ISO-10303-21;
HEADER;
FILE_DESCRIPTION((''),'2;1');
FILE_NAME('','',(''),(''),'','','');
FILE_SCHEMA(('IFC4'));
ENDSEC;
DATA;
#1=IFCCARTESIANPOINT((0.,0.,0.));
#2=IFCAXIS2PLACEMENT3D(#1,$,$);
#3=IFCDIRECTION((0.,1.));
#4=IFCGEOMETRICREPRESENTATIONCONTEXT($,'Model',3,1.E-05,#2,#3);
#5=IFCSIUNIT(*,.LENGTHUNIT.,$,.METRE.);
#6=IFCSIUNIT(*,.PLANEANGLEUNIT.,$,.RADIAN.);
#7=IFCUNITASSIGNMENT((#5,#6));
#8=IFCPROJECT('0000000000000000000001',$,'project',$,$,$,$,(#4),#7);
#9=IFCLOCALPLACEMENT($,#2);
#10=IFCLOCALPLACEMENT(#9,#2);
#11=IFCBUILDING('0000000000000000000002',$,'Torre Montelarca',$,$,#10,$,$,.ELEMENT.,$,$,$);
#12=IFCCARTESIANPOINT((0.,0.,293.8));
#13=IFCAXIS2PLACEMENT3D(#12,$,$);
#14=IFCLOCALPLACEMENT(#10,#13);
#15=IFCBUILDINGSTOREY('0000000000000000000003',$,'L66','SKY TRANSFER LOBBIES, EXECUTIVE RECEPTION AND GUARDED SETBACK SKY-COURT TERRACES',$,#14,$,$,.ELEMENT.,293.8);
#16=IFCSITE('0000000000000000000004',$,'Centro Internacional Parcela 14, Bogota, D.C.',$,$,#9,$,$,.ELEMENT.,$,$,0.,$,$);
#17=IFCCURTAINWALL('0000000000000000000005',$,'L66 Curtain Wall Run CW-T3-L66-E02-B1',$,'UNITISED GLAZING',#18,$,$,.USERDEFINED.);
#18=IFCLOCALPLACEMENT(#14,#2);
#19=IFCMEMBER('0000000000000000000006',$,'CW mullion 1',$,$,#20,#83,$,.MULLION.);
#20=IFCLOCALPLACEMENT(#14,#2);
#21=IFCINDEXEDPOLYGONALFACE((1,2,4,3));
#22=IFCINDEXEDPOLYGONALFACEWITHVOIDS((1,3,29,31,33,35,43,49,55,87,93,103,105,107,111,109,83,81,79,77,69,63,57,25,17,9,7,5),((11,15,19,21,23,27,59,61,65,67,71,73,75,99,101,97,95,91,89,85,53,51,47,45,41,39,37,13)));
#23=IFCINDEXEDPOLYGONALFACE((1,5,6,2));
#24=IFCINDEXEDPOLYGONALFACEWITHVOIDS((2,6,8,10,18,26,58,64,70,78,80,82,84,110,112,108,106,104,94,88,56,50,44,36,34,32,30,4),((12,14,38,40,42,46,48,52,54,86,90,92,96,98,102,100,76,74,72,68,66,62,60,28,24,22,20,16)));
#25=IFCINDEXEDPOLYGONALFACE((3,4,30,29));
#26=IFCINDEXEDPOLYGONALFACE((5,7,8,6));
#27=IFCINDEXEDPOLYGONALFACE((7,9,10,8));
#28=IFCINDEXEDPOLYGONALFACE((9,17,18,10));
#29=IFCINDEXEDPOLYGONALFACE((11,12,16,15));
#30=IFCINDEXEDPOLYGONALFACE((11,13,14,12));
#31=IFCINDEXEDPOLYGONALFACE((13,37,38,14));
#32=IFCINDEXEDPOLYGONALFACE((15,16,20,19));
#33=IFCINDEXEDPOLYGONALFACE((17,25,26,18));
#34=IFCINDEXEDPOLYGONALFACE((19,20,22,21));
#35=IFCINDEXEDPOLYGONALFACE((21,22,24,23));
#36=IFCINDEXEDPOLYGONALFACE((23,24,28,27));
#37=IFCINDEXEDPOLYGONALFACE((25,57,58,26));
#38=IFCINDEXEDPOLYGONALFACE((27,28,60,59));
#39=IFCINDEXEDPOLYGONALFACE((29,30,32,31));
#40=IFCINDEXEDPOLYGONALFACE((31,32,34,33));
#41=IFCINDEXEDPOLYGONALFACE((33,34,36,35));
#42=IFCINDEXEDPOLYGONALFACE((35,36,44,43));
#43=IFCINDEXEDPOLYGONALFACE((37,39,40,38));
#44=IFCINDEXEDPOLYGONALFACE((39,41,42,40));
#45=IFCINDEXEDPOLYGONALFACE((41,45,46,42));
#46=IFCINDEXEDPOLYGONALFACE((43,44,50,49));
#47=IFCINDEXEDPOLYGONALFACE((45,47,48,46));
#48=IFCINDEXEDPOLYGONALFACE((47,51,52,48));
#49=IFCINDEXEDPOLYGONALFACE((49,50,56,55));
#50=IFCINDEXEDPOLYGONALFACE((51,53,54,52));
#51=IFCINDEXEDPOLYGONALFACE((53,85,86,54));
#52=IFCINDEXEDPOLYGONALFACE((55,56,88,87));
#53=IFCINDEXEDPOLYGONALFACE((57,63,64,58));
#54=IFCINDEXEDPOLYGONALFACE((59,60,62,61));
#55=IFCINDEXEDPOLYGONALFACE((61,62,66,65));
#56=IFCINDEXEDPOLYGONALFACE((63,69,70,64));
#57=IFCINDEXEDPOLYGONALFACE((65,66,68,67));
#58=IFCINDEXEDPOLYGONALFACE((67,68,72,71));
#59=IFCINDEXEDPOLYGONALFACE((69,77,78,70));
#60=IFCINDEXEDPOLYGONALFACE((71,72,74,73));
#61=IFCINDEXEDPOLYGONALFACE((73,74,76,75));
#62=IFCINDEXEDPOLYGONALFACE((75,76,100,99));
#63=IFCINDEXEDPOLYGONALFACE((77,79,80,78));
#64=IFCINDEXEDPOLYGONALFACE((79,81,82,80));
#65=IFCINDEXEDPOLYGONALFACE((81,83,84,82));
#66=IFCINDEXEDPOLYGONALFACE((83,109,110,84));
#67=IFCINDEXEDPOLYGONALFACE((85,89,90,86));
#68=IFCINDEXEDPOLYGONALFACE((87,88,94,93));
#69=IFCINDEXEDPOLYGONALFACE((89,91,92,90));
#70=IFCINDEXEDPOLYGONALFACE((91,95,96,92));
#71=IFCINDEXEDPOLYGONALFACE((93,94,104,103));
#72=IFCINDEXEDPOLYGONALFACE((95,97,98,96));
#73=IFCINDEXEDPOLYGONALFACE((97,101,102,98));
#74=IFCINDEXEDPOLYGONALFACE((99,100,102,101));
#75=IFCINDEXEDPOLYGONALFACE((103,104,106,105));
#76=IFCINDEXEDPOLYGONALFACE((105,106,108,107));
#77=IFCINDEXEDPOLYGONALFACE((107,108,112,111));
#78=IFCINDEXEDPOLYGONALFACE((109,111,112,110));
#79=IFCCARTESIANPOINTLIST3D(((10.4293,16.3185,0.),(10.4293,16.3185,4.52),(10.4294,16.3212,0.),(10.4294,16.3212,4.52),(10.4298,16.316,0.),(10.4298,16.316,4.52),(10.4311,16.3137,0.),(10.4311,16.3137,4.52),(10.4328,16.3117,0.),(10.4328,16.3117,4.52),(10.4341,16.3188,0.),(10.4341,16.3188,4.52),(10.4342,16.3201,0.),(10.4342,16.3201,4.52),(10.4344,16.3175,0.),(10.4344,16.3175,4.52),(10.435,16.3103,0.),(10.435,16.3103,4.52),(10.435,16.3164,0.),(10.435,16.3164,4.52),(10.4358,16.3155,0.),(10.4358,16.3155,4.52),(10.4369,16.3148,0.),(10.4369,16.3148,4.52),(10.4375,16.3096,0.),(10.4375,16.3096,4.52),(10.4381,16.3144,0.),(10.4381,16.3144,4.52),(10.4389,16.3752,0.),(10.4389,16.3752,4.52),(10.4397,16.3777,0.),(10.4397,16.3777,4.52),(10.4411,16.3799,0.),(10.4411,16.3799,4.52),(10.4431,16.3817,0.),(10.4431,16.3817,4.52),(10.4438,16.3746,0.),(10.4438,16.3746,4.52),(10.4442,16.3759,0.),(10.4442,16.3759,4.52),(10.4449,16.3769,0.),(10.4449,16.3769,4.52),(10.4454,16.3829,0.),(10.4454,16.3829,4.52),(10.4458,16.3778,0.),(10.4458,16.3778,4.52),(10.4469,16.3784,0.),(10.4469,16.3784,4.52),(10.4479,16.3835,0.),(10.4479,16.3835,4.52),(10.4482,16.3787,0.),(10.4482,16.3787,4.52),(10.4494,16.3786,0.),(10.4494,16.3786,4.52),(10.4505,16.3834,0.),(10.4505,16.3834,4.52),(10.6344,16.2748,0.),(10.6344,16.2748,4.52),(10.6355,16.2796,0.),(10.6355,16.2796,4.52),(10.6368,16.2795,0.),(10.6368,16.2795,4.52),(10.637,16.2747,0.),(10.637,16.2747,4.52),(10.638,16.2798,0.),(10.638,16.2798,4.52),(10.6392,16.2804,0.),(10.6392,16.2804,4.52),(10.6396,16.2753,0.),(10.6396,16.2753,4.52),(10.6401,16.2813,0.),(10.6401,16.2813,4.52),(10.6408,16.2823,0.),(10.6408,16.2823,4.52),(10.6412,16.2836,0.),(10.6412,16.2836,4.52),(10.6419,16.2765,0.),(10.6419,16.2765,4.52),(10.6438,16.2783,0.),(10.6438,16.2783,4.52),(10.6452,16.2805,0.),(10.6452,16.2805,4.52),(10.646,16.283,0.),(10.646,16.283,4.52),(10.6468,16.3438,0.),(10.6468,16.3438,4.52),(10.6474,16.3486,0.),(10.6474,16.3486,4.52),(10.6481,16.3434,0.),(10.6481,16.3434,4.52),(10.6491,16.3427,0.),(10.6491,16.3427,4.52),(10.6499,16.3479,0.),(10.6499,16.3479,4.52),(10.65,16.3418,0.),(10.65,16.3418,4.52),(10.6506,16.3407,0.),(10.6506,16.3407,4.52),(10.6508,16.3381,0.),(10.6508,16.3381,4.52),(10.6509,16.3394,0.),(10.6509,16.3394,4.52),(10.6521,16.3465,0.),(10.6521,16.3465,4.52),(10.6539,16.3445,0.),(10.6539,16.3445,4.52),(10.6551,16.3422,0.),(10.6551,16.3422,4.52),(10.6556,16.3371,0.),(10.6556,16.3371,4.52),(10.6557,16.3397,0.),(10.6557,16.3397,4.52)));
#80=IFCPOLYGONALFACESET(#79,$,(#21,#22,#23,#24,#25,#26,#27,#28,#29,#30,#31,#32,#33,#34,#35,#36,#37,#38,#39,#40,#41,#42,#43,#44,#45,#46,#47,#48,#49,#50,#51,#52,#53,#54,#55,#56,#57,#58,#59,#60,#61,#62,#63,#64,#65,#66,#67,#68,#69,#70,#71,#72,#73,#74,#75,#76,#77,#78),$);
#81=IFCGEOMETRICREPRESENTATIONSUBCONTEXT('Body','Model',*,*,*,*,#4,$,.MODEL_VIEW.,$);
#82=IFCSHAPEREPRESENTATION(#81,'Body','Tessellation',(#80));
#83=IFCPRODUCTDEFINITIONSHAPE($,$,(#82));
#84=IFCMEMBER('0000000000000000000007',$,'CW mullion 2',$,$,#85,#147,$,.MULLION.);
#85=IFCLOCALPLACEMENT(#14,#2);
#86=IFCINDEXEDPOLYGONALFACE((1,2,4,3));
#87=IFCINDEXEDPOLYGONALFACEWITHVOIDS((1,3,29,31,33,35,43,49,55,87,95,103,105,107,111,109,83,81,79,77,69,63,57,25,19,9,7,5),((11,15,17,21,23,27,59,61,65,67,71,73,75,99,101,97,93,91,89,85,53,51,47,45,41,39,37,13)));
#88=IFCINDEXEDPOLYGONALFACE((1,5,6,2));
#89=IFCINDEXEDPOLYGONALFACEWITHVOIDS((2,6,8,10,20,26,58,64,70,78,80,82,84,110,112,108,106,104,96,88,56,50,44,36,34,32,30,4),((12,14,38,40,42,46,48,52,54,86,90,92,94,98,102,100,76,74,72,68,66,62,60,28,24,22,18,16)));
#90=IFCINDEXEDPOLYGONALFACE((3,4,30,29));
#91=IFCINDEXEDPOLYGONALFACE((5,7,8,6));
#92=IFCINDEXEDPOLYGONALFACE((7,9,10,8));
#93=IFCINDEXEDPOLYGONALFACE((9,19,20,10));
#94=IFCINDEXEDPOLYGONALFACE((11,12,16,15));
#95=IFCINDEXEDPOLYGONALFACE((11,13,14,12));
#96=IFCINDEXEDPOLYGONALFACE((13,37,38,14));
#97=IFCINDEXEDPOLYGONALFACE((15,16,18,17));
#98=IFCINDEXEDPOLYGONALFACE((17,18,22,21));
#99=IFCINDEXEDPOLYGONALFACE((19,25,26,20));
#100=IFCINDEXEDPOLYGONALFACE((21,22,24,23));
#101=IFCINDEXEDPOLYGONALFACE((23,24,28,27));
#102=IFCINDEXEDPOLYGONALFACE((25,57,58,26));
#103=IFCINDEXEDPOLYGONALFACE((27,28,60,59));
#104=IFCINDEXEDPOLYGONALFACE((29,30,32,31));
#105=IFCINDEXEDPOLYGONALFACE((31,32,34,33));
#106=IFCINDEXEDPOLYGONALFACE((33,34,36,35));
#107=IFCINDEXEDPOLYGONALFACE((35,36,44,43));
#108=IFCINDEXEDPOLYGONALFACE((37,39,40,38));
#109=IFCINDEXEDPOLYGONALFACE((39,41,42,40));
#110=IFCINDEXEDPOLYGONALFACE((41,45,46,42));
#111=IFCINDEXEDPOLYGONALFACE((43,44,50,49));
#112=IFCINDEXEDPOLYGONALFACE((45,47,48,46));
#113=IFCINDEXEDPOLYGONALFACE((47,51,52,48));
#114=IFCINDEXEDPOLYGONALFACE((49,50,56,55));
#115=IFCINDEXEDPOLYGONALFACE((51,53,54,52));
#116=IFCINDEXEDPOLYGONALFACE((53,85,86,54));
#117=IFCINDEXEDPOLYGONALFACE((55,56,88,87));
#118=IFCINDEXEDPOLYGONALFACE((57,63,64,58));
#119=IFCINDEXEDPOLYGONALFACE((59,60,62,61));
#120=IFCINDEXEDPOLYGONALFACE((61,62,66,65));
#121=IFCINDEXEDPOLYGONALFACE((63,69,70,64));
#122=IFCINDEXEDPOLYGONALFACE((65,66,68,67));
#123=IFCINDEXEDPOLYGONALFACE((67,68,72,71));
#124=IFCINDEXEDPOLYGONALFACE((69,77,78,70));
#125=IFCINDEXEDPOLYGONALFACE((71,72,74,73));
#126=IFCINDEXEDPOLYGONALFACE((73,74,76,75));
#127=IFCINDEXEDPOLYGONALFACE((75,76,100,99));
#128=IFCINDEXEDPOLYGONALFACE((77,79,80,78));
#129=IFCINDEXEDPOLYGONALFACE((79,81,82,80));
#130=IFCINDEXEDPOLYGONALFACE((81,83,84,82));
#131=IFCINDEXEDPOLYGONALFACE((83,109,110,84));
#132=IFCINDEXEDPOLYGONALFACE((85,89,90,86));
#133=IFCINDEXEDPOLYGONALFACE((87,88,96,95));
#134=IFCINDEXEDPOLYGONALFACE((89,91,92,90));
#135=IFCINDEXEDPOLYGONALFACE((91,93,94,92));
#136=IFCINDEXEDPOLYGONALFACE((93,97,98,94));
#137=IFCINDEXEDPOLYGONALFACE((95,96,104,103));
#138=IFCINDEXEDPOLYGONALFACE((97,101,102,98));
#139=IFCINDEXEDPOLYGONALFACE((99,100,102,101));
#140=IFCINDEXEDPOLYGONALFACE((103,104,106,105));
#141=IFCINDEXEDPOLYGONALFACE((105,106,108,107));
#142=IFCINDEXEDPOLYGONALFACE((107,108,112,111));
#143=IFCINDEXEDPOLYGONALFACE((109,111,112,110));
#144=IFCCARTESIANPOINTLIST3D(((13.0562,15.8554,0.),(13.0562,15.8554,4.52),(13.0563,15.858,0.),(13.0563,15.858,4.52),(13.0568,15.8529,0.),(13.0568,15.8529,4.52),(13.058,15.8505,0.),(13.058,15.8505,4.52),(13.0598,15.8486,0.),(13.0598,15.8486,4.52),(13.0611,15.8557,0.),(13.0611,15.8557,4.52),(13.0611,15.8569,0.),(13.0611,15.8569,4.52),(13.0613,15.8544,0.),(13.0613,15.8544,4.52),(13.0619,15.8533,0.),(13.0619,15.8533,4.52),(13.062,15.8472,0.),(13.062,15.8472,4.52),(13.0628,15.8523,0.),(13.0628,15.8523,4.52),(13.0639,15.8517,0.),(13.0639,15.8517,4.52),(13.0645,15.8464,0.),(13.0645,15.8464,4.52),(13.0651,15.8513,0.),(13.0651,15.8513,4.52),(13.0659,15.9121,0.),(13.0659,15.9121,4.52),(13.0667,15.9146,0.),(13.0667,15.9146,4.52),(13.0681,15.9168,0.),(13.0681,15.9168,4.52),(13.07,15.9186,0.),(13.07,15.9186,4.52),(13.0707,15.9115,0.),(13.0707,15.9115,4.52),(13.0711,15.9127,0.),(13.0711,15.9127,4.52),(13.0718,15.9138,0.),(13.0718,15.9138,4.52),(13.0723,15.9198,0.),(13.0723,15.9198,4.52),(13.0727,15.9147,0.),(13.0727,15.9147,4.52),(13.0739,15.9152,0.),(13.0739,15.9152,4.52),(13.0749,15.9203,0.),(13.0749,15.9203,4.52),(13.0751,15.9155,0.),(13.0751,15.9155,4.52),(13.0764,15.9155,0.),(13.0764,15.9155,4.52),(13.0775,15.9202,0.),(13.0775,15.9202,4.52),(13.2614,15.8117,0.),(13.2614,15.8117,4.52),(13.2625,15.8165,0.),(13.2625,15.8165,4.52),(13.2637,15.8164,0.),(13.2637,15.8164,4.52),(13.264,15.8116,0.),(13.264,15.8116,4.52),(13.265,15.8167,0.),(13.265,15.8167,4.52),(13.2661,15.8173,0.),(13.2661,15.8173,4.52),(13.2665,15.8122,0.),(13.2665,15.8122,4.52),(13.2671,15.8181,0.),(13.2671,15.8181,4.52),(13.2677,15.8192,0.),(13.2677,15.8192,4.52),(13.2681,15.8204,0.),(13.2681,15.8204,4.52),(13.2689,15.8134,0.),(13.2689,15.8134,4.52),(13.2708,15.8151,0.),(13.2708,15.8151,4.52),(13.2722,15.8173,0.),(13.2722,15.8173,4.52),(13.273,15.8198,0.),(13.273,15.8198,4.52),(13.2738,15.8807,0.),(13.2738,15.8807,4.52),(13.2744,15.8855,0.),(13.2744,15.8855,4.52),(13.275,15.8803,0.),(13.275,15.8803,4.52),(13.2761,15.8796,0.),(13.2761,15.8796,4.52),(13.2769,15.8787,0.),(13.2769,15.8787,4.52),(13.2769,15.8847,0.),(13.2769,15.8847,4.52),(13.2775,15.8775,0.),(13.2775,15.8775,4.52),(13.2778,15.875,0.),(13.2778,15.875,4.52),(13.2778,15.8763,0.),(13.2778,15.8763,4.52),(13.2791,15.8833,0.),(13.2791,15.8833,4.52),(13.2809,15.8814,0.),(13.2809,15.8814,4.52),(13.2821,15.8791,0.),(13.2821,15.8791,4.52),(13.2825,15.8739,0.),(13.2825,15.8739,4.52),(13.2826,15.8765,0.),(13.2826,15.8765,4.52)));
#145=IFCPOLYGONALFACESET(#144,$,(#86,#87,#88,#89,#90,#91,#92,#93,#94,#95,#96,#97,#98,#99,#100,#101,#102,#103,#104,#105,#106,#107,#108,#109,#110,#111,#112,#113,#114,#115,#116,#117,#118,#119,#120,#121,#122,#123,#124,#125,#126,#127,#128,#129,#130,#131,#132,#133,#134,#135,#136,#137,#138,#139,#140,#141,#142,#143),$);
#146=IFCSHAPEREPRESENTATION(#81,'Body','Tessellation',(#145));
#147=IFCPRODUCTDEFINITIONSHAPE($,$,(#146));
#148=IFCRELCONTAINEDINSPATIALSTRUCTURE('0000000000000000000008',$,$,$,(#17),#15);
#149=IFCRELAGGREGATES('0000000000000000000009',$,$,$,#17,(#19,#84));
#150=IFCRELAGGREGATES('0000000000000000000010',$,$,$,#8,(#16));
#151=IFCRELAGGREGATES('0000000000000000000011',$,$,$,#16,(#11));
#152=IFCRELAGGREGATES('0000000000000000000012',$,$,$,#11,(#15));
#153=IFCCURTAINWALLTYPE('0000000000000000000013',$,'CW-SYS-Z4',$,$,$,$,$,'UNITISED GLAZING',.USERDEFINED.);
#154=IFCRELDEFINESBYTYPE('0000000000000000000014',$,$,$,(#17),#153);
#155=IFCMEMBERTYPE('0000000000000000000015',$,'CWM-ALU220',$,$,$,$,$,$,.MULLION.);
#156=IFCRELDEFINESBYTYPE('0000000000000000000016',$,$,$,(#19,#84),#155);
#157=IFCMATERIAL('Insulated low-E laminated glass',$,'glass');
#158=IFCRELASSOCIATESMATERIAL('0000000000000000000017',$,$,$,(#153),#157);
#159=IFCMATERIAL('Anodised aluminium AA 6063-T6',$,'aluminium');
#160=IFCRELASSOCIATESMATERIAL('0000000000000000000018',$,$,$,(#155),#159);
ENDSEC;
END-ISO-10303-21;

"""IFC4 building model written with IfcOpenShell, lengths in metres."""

from ifc_helpers import new_model, si_unit, direction, frame, origin, origin_2d, place, context, subcontext, project, spatial, hollow_rectangle, extrude, source, transform, mapped, material, material_profile, profile_set, type_object, element, aggregate, save


model = new_model("IFC4")

# Units and contexts
model_context = context("Model", 3, precision=1e-05, world=origin(), true_north=direction((0.0, 1.0)))
body_context = subcontext(model_context, "Body", "Model", "MODEL_VIEW")
ifc_project = project(units=[si_unit("LENGTHUNIT", "METRE"), si_unit("PLANEANGLEUNIT", "RADIAN")], contexts=[model_context])

# Site, building, storey
site_placement = place(None, origin())
site = spatial("IfcSite", under=ifc_project, at=site_placement, Name="Centro Internacional Parcela 14, Bogota, D.C.", CompositionType="ELEMENT", RefElevation=0.0)
building_placement = place(site_placement, origin())
building = spatial("IfcBuilding", under=site, at=building_placement, Name="Torre Montelarca", CompositionType="ELEMENT")
storey_placement = place(building_placement, frame((0.0, 0.0, 293.8)))
storey = spatial("IfcBuildingStorey", under=building, at=storey_placement, Name="L66", Description="SKY TRANSFER LOBBIES, EXECUTIVE RECEPTION AND GUARDED SETBACK SKY-COURT TERRACES", CompositionType="ELEMENT", Elevation=293.8)

# Curtain wall, members
ifc_material_1 = material(Name="Insulated low-E laminated glass", Category="glass")
curtain_wall_type = type_object("IfcCurtainWallType", Name="CW-SYS-Z4", ElementType="UNITISED GLAZING", PredefinedType="USERDEFINED", material=ifc_material_1)
curtain_wall_1_placement = place(storey_placement, origin())
curtain_wall_1 = element("IfcCurtainWall", 1, at=curtain_wall_1_placement, inside=storey, type_object=curtain_wall_type, Name="L66 Curtain Wall Run CW-T3-L66-E02-B1", ObjectType="UNITISED GLAZING", PredefinedType="USERDEFINED")
ifc_material_2 = material(Name="Anodised aluminium AA 6063-T6", Category="aluminium")
ifc_material_profile_1 = material_profile(ifc_material_2, hollow_rectangle(XDim=0.075, YDim=0.22, WallThickness=0.0049, InnerFilletRadius=0.0049, OuterFilletRadius=0.01, at=origin_2d()), Name="ALU75X220X5", Category="aluminium")
ifc_profile_set_1 = profile_set([ifc_material_profile_1], Name="Anodised aluminium AA 6063-T6")
member_type_1 = type_object("IfcMemberType", Name="CWM-ALU220", PredefinedType="MULLION", material=ifc_profile_set_1)
shared_shape_1 = source(origin(), body_context, "Body", "SweptSolid", [
    extrude(hollow_rectangle(XDim=0.075, YDim=0.22, WallThickness=0.0049, InnerFilletRadius=0.0049, OuterFilletRadius=0.01, at=origin_2d()), origin(), (0.0, 0.0, 1.0), 4.52),
])
member_1_placement = place(storey_placement, frame((10.5425, 16.3291, 0.0), z_axis=(0.0, 0.0, 1.0), x_axis=(0.173642, 0.984809, 0.0)))
member_1 = element("IfcMember", 2, at=member_1_placement, type_object=member_type_1, Name="CW mullion 1", PredefinedType="MULLION", context=body_context, shape_type="MappedRepresentation", body=[
    mapped(shared_shape_1, transform((0.0, 0.0, 0.0), scale=1.0)),
])
member_2_placement = place(storey_placement, frame((13.1694, 15.866, 0.0), z_axis=(0.0, 0.0, 1.0), x_axis=(0.173642, 0.984809, 0.0)))
member_2 = element("IfcMember", 3, at=member_2_placement, type_object=member_type_1, Name="CW mullion 2", PredefinedType="MULLION", context=body_context, shape_type="MappedRepresentation", body=[
    mapped(shared_shape_1, transform((0.0, 0.0, 0.0), scale=1.0)),
])

aggregate(curtain_wall_1, [member_1, member_2])

save(model, "model.ifc")
